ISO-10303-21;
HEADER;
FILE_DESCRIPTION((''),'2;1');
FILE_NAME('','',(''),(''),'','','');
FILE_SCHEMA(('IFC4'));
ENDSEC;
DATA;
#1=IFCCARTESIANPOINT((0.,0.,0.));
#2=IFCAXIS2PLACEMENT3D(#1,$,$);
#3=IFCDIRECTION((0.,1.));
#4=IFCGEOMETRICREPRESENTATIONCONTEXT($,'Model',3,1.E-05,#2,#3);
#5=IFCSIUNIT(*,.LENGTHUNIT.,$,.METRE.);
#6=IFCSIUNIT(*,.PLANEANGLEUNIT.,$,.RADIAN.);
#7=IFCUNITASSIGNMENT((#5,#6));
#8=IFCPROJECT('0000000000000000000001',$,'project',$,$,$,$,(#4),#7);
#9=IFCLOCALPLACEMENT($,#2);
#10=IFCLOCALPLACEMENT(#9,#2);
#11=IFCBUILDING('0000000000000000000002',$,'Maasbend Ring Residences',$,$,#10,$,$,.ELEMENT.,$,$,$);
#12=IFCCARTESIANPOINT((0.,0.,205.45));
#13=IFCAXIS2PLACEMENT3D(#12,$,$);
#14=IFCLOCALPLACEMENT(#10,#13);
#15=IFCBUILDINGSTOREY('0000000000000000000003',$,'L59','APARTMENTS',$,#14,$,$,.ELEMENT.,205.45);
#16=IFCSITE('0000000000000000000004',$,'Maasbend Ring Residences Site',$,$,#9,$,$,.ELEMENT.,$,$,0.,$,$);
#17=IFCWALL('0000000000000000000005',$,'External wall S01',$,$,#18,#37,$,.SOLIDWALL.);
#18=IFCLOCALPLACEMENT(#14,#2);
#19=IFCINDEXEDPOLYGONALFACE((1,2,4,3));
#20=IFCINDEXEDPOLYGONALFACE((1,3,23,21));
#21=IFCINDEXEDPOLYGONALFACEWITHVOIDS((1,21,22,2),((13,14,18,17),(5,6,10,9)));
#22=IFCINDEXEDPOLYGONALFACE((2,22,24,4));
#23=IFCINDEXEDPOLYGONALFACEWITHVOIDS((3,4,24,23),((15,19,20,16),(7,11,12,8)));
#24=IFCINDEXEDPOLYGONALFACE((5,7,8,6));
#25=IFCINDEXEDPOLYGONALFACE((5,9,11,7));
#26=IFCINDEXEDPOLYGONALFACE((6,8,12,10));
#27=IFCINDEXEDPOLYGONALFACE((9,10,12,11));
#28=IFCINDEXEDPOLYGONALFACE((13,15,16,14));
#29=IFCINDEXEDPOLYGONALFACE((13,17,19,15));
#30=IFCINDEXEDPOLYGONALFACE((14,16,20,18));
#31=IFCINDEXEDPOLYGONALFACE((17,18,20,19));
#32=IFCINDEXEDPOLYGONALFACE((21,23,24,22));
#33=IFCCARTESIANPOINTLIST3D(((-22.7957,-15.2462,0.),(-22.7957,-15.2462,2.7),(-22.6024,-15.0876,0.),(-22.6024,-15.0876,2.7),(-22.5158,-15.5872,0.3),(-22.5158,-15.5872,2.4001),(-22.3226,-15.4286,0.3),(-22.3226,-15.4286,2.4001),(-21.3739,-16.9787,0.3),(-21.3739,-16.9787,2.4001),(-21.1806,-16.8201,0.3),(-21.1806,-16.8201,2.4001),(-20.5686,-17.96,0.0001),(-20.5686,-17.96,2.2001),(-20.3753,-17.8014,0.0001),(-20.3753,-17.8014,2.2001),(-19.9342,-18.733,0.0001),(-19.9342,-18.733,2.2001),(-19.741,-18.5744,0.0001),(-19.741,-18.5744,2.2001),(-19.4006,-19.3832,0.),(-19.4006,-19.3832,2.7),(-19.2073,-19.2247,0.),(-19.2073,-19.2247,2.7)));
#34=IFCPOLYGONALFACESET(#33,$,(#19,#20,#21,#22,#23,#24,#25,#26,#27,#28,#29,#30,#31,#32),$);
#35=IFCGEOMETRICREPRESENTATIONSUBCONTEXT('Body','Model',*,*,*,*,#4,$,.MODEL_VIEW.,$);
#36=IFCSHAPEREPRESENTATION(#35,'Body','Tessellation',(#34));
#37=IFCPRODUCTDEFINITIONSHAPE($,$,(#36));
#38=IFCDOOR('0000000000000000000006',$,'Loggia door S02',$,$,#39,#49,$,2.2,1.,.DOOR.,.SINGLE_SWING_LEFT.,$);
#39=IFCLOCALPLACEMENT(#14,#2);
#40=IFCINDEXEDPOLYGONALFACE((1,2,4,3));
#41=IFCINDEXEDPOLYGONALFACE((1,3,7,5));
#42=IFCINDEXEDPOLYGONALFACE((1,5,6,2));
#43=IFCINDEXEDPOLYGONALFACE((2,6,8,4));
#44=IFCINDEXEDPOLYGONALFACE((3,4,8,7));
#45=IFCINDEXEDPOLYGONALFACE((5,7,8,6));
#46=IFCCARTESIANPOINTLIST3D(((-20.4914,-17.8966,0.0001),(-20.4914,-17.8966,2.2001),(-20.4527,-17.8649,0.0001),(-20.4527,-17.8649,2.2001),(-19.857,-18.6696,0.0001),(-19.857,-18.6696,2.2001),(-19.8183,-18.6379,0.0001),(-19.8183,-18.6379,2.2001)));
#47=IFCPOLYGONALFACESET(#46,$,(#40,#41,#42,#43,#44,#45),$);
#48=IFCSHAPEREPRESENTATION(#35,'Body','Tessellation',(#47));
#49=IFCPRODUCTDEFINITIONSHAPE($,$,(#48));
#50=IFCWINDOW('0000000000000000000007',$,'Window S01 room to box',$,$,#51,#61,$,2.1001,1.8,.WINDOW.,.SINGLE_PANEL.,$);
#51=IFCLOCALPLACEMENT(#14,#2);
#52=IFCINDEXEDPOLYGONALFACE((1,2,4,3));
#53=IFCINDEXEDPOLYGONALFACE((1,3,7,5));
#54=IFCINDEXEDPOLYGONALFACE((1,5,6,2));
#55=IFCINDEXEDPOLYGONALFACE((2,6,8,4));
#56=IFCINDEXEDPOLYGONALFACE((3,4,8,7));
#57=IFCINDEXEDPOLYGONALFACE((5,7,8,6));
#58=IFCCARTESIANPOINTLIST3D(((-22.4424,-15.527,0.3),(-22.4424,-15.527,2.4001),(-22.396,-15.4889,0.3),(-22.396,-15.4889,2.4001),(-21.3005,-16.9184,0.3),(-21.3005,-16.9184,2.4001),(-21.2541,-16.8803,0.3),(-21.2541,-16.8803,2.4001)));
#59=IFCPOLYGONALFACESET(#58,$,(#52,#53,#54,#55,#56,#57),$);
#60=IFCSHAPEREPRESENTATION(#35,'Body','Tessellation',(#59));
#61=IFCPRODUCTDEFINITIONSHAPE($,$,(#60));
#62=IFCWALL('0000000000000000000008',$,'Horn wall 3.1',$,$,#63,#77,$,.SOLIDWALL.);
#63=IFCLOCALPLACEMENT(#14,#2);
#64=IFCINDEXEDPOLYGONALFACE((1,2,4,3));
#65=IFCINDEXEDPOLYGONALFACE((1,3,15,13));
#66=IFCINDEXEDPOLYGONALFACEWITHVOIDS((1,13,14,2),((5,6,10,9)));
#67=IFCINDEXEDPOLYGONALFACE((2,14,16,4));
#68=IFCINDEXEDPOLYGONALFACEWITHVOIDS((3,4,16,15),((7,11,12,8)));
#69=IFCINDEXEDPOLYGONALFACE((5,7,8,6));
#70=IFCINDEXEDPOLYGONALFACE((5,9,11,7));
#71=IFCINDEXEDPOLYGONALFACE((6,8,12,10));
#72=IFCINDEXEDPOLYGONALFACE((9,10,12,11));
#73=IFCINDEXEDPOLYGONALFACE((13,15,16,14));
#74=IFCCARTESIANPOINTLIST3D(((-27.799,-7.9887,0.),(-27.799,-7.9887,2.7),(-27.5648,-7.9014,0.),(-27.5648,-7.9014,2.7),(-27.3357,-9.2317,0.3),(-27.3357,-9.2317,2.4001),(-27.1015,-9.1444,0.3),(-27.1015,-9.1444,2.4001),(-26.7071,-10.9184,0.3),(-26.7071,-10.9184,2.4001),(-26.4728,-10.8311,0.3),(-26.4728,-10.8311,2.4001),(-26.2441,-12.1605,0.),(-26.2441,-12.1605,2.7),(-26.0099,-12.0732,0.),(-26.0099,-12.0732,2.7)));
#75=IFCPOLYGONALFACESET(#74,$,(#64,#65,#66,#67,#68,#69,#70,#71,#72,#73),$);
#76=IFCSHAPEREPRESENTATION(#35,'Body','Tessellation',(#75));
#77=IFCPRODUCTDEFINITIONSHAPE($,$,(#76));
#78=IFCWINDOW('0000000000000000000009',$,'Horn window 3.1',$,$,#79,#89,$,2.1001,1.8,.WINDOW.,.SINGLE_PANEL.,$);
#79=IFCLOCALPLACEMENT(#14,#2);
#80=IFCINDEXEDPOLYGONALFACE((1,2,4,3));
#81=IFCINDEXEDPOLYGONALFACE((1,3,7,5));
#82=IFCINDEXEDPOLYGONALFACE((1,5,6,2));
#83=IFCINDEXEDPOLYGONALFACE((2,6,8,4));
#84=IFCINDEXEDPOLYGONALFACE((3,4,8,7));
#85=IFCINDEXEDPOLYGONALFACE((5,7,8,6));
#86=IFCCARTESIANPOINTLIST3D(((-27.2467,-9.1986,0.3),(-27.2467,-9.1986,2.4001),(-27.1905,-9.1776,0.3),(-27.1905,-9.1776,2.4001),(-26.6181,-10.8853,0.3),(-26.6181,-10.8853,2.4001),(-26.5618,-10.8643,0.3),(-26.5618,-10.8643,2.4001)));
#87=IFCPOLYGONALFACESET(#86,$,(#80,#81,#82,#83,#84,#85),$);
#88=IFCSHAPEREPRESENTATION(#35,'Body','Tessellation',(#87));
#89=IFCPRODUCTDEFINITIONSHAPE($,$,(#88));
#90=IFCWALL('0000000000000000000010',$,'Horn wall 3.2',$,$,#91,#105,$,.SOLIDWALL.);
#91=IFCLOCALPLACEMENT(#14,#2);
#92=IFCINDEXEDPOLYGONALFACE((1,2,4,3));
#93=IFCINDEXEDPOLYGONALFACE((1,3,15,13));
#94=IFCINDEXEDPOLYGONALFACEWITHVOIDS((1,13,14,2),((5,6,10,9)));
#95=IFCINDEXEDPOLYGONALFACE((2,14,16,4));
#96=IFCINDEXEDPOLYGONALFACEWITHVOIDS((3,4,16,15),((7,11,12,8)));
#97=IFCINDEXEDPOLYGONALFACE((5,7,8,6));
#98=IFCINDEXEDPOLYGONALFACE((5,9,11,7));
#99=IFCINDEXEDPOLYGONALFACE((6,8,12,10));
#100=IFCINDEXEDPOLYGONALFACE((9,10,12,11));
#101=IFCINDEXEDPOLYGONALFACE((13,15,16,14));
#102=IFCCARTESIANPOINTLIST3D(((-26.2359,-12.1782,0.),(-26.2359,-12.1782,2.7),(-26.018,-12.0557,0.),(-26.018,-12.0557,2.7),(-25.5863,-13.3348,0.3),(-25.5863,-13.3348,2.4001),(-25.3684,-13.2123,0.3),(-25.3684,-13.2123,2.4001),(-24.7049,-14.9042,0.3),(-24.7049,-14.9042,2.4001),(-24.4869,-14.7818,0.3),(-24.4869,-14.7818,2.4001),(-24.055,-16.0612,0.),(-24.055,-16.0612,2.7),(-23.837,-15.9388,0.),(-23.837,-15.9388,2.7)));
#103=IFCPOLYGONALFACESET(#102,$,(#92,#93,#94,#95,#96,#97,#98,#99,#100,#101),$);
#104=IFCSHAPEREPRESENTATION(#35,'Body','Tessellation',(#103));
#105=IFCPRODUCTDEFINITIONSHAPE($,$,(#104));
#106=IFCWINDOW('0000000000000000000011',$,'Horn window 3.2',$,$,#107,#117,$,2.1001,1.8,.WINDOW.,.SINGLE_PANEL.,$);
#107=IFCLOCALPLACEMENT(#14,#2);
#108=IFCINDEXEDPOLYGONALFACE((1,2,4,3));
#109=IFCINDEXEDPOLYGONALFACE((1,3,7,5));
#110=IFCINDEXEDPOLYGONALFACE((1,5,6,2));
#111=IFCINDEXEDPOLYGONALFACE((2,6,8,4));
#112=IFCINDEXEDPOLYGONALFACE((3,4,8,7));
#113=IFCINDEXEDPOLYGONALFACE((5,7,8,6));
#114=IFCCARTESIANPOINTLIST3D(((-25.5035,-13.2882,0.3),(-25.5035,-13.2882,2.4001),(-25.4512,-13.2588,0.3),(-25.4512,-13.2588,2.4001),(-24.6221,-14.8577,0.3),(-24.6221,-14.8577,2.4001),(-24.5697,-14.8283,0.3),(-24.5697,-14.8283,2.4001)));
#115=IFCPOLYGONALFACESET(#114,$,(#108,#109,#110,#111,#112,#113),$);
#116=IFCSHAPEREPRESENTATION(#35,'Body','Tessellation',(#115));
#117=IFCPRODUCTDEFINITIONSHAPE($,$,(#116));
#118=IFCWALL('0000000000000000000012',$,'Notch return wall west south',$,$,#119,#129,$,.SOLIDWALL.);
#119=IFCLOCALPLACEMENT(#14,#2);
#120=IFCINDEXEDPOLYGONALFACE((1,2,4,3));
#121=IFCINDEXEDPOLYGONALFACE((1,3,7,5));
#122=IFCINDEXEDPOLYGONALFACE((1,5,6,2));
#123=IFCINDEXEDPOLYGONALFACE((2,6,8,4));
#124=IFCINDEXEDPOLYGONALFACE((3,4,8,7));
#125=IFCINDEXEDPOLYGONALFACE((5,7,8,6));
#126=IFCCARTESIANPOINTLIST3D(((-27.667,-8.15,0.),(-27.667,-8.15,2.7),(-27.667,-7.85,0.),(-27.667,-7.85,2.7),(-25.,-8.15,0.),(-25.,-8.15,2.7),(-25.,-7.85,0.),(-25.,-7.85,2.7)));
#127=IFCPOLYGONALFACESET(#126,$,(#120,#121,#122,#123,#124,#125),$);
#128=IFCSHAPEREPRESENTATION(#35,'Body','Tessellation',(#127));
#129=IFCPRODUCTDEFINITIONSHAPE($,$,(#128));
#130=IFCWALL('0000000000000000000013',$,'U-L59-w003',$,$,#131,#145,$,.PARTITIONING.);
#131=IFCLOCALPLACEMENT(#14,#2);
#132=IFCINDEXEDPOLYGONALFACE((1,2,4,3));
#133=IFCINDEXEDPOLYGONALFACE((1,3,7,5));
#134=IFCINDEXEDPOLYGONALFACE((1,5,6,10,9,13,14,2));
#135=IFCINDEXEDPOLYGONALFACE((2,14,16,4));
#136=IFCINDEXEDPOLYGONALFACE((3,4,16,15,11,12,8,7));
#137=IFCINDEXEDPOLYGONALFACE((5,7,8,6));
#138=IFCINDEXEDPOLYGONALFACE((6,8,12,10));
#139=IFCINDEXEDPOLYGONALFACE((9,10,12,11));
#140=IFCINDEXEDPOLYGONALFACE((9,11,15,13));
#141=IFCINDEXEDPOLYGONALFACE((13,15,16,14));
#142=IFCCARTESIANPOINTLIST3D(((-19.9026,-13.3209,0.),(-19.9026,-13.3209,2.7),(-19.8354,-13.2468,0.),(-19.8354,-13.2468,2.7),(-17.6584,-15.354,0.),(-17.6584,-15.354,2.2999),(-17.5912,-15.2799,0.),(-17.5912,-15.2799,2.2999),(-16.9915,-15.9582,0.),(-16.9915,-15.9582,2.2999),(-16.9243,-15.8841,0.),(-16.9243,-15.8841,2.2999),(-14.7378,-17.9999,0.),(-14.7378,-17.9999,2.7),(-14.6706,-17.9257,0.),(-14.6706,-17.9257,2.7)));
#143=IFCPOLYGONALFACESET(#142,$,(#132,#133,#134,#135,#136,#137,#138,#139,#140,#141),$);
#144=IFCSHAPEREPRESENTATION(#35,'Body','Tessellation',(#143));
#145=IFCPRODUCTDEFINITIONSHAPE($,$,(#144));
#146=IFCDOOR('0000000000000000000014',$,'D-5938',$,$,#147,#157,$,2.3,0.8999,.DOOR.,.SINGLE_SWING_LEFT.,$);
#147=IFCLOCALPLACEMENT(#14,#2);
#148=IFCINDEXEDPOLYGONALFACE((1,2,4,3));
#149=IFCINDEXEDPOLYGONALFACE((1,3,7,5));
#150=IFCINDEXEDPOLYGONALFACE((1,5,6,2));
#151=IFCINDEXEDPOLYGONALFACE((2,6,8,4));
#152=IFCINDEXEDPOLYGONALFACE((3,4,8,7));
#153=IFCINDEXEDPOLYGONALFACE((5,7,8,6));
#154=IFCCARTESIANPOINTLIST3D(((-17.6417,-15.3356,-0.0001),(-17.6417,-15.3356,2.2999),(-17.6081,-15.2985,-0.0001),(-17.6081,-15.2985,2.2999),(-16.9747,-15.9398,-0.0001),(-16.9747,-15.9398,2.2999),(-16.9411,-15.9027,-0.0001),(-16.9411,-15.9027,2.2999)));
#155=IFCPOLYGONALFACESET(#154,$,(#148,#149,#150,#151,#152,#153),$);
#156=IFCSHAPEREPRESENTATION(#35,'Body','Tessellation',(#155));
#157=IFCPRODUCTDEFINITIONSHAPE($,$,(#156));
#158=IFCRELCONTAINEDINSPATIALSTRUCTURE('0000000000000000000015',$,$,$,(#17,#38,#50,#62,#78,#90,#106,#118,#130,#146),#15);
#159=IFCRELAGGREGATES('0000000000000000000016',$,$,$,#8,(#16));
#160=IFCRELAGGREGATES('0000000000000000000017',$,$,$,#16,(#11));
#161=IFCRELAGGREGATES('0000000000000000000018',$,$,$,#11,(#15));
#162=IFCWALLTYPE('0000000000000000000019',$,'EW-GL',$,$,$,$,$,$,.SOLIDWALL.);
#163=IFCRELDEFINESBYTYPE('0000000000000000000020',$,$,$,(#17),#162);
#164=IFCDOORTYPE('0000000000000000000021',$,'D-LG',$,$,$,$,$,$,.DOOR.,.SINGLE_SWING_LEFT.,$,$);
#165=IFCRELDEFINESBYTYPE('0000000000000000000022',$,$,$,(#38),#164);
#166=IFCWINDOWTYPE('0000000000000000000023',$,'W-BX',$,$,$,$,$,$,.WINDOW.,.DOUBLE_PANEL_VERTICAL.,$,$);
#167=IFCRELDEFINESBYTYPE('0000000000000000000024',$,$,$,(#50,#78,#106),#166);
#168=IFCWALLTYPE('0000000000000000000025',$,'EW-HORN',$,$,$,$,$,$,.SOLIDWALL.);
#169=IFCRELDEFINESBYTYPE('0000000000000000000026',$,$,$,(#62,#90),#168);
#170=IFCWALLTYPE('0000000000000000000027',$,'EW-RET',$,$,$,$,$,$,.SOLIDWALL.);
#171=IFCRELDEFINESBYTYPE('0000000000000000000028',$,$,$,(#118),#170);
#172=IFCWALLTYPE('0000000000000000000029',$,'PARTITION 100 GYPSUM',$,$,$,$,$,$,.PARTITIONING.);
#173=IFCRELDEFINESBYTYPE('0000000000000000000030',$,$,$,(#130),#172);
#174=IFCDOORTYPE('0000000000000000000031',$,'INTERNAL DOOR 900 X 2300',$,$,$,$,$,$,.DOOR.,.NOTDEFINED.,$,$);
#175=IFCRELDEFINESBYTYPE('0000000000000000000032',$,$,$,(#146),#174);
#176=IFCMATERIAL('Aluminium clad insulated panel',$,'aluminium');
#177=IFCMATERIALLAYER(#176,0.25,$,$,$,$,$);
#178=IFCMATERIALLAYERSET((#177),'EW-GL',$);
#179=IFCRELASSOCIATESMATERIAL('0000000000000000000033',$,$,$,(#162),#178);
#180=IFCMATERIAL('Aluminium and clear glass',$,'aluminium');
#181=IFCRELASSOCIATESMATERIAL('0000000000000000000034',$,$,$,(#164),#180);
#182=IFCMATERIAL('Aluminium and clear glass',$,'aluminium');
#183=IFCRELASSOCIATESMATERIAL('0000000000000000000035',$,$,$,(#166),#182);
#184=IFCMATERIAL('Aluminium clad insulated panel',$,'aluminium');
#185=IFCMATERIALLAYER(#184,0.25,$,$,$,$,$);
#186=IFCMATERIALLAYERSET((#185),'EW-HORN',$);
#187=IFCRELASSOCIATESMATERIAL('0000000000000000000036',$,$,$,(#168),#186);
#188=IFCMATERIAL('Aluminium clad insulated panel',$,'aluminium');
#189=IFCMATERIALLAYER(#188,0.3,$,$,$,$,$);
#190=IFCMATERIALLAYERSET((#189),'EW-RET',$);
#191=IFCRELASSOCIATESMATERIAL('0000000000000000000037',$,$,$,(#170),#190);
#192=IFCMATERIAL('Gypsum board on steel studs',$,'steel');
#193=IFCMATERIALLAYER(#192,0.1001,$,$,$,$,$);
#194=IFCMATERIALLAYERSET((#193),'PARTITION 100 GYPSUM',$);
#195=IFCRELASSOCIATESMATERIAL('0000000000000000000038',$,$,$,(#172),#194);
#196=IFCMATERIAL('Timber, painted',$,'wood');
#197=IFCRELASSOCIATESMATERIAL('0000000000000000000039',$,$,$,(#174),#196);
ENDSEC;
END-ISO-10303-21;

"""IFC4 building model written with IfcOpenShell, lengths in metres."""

from ifc_helpers import new_model, si_unit, direction, frame, frame_2d, origin, place, context, subcontext, project, spatial, rectangle, extrude, material, layer, layer_set, type_object, element, fill, save


model = new_model("IFC4")

# Units and contexts
model_context = context("Model", 3, precision=1e-05, world=origin(), true_north=direction((0.0, 1.0)))
body_context = subcontext(model_context, "Body", "Model", "MODEL_VIEW")
ifc_project = project(units=[si_unit("LENGTHUNIT", "METRE"), si_unit("PLANEANGLEUNIT", "RADIAN")], contexts=[model_context])

# Site, building, storey
site_placement = place(None, origin())
site = spatial("IfcSite", under=ifc_project, at=site_placement, Name="Maasbend Ring Residences Site", CompositionType="ELEMENT", RefElevation=0.0)
building_placement = place(site_placement, origin())
building = spatial("IfcBuilding", under=site, at=building_placement, Name="Maasbend Ring Residences", CompositionType="ELEMENT")
storey_placement = place(building_placement, frame((0.0, 0.0, 205.45)))
storey = spatial("IfcBuildingStorey", under=building, at=storey_placement, Name="L59", Description="APARTMENTS", CompositionType="ELEMENT", Elevation=205.45)

# Wall, openings, door, window
ifc_material_1 = material(Name="Aluminium clad insulated panel", Category="aluminium")
ifc_layer_1 = layer(ifc_material_1, 0.25)
ifc_layer_set_1 = layer_set([ifc_layer_1], Name="EW-GL")
wall_type_1 = type_object("IfcWallType", Name="EW-GL", PredefinedType="SOLIDWALL", material=ifc_layer_set_1)
wall_1_placement = place(storey_placement, frame((-22.699, -15.167, 0.0), z_axis=(0.0, 0.0, 1.0), x_axis=(0.634382, -0.773019, 0.0)))
wall_1 = element("IfcWall", 1, at=wall_1_placement, inside=storey, type_object=wall_type_1, Name="External wall S01", PredefinedType="SOLIDWALL", context=body_context, shape_type="SweptSolid", body=[
    extrude(rectangle(XDim=5.3518, YDim=0.25, at=frame_2d((2.6758, 0.0))), origin(), (0.0, 0.0, 1.0), 2.7),
])
opening_1_placement = place(wall_1_placement, frame((0.4412, 0.0, 0.3)))
opening_1 = element("IfcOpeningElement", 2, at=opening_1_placement, cuts=wall_1, PredefinedType="OPENING", context=body_context, shape_type="SweptSolid", body=[
    extrude(rectangle(XDim=1.8, YDim=2.1001, at=frame_2d((0.8999, 1.05))), frame((0.0, 0.135, 0.0), z_axis=(0.0, -1.0, 0.0), x_axis=(1.0, 0.0, 0.0)), (0.0, 0.0, 1.0), 0.27),
])
opening_2_placement = place(wall_1_placement, frame((3.5105, 0.0, 0.0)))
opening_2 = element("IfcOpeningElement", 3, at=opening_2_placement, cuts=wall_1, PredefinedType="OPENING", context=body_context, shape_type="SweptSolid", body=[
    extrude(rectangle(XDim=1.0, YDim=2.2, at=frame_2d((0.5, 1.1001))), frame((0.0, 0.135, 0.0), z_axis=(0.0, -1.0, 0.0), x_axis=(1.0, 0.0, 0.0)), (0.0, 0.0, 1.0), 0.27),
])
ifc_material_2 = material(Name="Aluminium and clear glass", Category="aluminium")
door_type_1 = type_object("IfcDoorType", Name="D-LG", OperationType="SINGLE_SWING_LEFT", PredefinedType="DOOR", material=ifc_material_2)
door_1_placement = place(opening_2_placement, origin())
door_1 = element("IfcDoor", 4, at=door_1_placement, inside=storey, type_object=door_type_1, Name="Loggia door S02", OperationType="SINGLE_SWING_LEFT", OverallHeight=2.2, OverallWidth=1.0, PredefinedType="DOOR", context=body_context, shape_type="SweptSolid", body=[
    extrude(rectangle(XDim=1.0, YDim=2.2, at=frame_2d((0.5, 1.1001))), frame((0.0, 0.0249, 0.0), z_axis=(0.0, -1.0, 0.0), x_axis=(1.0, 0.0, 0.0)), (0.0, 0.0, 1.0), 0.05),
])
fill(opening_2, door_1)
ifc_material_3 = material(Name="Aluminium and clear glass", Category="aluminium")
window_type = type_object("IfcWindowType", Name="W-BX", PartitioningType="DOUBLE_PANEL_VERTICAL", PredefinedType="WINDOW", material=ifc_material_3)
window_1_placement = place(opening_1_placement, origin())
window_1 = element("IfcWindow", 5, at=window_1_placement, inside=storey, type_object=window_type, Name="Window S01 room to box", OverallHeight=2.1001, OverallWidth=1.8, PartitioningType="SINGLE_PANEL", PredefinedType="WINDOW", context=body_context, shape_type="SweptSolid", body=[
    extrude(rectangle(XDim=1.8, YDim=2.1001, at=frame_2d((0.8999, 1.05))), frame((0.0, 0.03, 0.0), z_axis=(0.0, -1.0, 0.0), x_axis=(1.0, 0.0, 0.0)), (0.0, 0.0, 1.0), 0.0601),
])
fill(opening_1, window_1)

# Walls, openings, windows
ifc_material_4 = material(Name="Aluminium clad insulated panel", Category="aluminium")
ifc_layer_2 = layer(ifc_material_4, 0.25)
ifc_layer_set_2 = layer_set([ifc_layer_2], Name="EW-HORN")
wall_type_2 = type_object("IfcWallType", Name="EW-HORN", PredefinedType="SOLIDWALL", material=ifc_layer_set_2)
wall_2_placement = place(storey_placement, frame((-27.6819, -7.9451, 0.0), z_axis=(0.0, 0.0, 1.0), x_axis=(0.349248, -0.93703, 0.0)))
wall_2 = element("IfcWall", 6, at=wall_2_placement, inside=storey, type_object=wall_type_2, Name="Horn wall 3.1", PredefinedType="SOLIDWALL", context=body_context, shape_type="SweptSolid", body=[
    extrude(rectangle(XDim=4.4521, YDim=0.25, at=frame_2d((2.2261, 0.0))), origin(), (0.0, 0.0, 1.0), 2.7),
])
opening_3_placement = place(wall_2_placement, frame((1.3267, 0.0, 0.3)))
opening_3 = element("IfcOpeningElement", 7, at=opening_3_placement, cuts=wall_2, PredefinedType="OPENING", context=body_context, shape_type="SweptSolid", body=[
    extrude(rectangle(XDim=1.8, YDim=2.1001, at=frame_2d((0.8999, 1.05))), frame((0.0, 0.135, 0.0), z_axis=(0.0, -1.0, 0.0), x_axis=(1.0, 0.0, 0.0)), (0.0, 0.0, 1.0), 0.27),
])
window_2_placement = place(opening_3_placement, origin())
window_2 = element("IfcWindow", 8, at=window_2_placement, inside=storey, type_object=window_type, Name="Horn window 3.1", OverallHeight=2.1001, OverallWidth=1.8, PartitioningType="SINGLE_PANEL", PredefinedType="WINDOW", context=body_context, shape_type="SweptSolid", body=[
    extrude(rectangle(XDim=1.8, YDim=2.1001, at=frame_2d((0.8999, 1.05))), frame((0.0, 0.03, 0.0), z_axis=(0.0, -1.0, 0.0), x_axis=(1.0, 0.0, 0.0)), (0.0, 0.0, 1.0), 0.0601),
])
fill(opening_3, window_2)
wall_3_placement = place(storey_placement, frame((-26.127, -12.1169, 0.0), z_axis=(0.0, 0.0, 1.0), x_axis=(0.489696, -0.871893, 0.0)))
wall_3 = element("IfcWall", 9, at=wall_3_placement, inside=storey, type_object=wall_type_2, Name="Horn wall 3.2", PredefinedType="SOLIDWALL", context=body_context, shape_type="SweptSolid", body=[
    extrude(rectangle(XDim=4.4536, YDim=0.25, at=frame_2d((2.2268, 0.0))), origin(), (0.0, 0.0, 1.0), 2.7),
])
opening_4_placement = place(wall_3_placement, frame((1.3267, 0.0, 0.3)))
opening_4 = element("IfcOpeningElement", 10, at=opening_4_placement, cuts=wall_3, PredefinedType="OPENING", context=body_context, shape_type="SweptSolid", body=[
    extrude(rectangle(XDim=1.8, YDim=2.1001, at=frame_2d((0.8999, 1.05))), frame((0.0, 0.135, 0.0), z_axis=(0.0, -1.0, 0.0), x_axis=(1.0, 0.0, 0.0)), (0.0, 0.0, 1.0), 0.27),
])
window_3_placement = place(opening_4_placement, origin())
window_3 = element("IfcWindow", 11, at=window_3_placement, inside=storey, type_object=window_type, Name="Horn window 3.2", OverallHeight=2.1001, OverallWidth=1.8, PartitioningType="SINGLE_PANEL", PredefinedType="WINDOW", context=body_context, shape_type="SweptSolid", body=[
    extrude(rectangle(XDim=1.8, YDim=2.1001, at=frame_2d((0.8999, 1.05))), frame((0.0, 0.03, 0.0), z_axis=(0.0, -1.0, 0.0), x_axis=(1.0, 0.0, 0.0)), (0.0, 0.0, 1.0), 0.0601),
])
fill(opening_4, window_3)

# Wall
ifc_material_5 = material(Name="Aluminium clad insulated panel", Category="aluminium")
ifc_layer_3 = layer(ifc_material_5, 0.3)
ifc_layer_set_3 = layer_set([ifc_layer_3], Name="EW-RET")
wall_type_3 = type_object("IfcWallType", Name="EW-RET", PredefinedType="SOLIDWALL", material=ifc_layer_set_3)
wall_4_placement = place(storey_placement, frame((-25.0, -8.0, 0.0), z_axis=(0.0, 0.0, 1.0), x_axis=(-1.0, 0.0, 0.0)))
element("IfcWall", 12, at=wall_4_placement, inside=storey, type_object=wall_type_3, Name="Notch return wall west south", PredefinedType="SOLIDWALL", context=body_context, shape_type="SweptSolid", body=[
    extrude(rectangle(XDim=2.667, YDim=0.3, at=frame_2d((1.3335, 0.0))), origin(), (0.0, 0.0, 1.0), 2.7),
])

# Wall, opening, door
ifc_material_6 = material(Name="Gypsum board on steel studs", Category="steel")
ifc_layer_4 = layer(ifc_material_6, 0.1001)
ifc_layer_set_4 = layer_set([ifc_layer_4], Name="PARTITION 100 GYPSUM")
wall_type_4 = type_object("IfcWallType", Name="PARTITION 100 GYPSUM", PredefinedType="PARTITIONING", material=ifc_layer_set_4)
wall_5_placement = place(storey_placement, frame((-19.8689, -13.2839, 0.0), z_axis=(0.0, 0.0, 1.0), x_axis=(0.741104, -0.67139, 0.0)))
wall_5 = element("IfcWall", 13, at=wall_5_placement, inside=storey, type_object=wall_type_4, Name="U-L59-w003", PredefinedType="PARTITIONING", context=body_context, shape_type="SweptSolid", body=[
    extrude(rectangle(XDim=6.969, YDim=0.1001, at=frame_2d((3.4844, 0.0))), origin(), (0.0, 0.0, 1.0), 2.7),
])
opening_5_placement = place(wall_5_placement, frame((3.0281, 0.0, 0.0)))
opening_5 = element("IfcOpeningElement", 14, at=opening_5_placement, cuts=wall_5, PredefinedType="OPENING", context=body_context, shape_type="SweptSolid", body=[
    extrude(rectangle(XDim=0.8999, YDim=2.3, at=frame_2d((0.45, 1.1499))), frame((0.0, 0.0601, 0.0), z_axis=(0.0, -1.0, 0.0), x_axis=(1.0, 0.0, 0.0)), (0.0, 0.0, 1.0), 0.1201),
])
ifc_material_7 = material(Name="Timber, painted", Category="wood")
door_type_2 = type_object("IfcDoorType", Name="INTERNAL DOOR 900 X 2300", OperationType="NOTDEFINED", PredefinedType="DOOR", material=ifc_material_7)
door_2_placement = place(opening_5_placement, origin())
door_2 = element("IfcDoor", 15, at=door_2_placement, inside=storey, type_object=door_type_2, Name="D-5938", OperationType="SINGLE_SWING_LEFT", OverallHeight=2.3, OverallWidth=0.8999, PredefinedType="DOOR", context=body_context, shape_type="SweptSolid", body=[
    extrude(rectangle(XDim=0.8999, YDim=2.3, at=frame_2d((0.45, 1.1499))), frame((0.0, 0.0249, 0.0), z_axis=(0.0, -1.0, 0.0), x_axis=(1.0, 0.0, 0.0)), (0.0, 0.0, 1.0), 0.05),
])
fill(opening_5, door_2)

save(model, "model.ifc")
